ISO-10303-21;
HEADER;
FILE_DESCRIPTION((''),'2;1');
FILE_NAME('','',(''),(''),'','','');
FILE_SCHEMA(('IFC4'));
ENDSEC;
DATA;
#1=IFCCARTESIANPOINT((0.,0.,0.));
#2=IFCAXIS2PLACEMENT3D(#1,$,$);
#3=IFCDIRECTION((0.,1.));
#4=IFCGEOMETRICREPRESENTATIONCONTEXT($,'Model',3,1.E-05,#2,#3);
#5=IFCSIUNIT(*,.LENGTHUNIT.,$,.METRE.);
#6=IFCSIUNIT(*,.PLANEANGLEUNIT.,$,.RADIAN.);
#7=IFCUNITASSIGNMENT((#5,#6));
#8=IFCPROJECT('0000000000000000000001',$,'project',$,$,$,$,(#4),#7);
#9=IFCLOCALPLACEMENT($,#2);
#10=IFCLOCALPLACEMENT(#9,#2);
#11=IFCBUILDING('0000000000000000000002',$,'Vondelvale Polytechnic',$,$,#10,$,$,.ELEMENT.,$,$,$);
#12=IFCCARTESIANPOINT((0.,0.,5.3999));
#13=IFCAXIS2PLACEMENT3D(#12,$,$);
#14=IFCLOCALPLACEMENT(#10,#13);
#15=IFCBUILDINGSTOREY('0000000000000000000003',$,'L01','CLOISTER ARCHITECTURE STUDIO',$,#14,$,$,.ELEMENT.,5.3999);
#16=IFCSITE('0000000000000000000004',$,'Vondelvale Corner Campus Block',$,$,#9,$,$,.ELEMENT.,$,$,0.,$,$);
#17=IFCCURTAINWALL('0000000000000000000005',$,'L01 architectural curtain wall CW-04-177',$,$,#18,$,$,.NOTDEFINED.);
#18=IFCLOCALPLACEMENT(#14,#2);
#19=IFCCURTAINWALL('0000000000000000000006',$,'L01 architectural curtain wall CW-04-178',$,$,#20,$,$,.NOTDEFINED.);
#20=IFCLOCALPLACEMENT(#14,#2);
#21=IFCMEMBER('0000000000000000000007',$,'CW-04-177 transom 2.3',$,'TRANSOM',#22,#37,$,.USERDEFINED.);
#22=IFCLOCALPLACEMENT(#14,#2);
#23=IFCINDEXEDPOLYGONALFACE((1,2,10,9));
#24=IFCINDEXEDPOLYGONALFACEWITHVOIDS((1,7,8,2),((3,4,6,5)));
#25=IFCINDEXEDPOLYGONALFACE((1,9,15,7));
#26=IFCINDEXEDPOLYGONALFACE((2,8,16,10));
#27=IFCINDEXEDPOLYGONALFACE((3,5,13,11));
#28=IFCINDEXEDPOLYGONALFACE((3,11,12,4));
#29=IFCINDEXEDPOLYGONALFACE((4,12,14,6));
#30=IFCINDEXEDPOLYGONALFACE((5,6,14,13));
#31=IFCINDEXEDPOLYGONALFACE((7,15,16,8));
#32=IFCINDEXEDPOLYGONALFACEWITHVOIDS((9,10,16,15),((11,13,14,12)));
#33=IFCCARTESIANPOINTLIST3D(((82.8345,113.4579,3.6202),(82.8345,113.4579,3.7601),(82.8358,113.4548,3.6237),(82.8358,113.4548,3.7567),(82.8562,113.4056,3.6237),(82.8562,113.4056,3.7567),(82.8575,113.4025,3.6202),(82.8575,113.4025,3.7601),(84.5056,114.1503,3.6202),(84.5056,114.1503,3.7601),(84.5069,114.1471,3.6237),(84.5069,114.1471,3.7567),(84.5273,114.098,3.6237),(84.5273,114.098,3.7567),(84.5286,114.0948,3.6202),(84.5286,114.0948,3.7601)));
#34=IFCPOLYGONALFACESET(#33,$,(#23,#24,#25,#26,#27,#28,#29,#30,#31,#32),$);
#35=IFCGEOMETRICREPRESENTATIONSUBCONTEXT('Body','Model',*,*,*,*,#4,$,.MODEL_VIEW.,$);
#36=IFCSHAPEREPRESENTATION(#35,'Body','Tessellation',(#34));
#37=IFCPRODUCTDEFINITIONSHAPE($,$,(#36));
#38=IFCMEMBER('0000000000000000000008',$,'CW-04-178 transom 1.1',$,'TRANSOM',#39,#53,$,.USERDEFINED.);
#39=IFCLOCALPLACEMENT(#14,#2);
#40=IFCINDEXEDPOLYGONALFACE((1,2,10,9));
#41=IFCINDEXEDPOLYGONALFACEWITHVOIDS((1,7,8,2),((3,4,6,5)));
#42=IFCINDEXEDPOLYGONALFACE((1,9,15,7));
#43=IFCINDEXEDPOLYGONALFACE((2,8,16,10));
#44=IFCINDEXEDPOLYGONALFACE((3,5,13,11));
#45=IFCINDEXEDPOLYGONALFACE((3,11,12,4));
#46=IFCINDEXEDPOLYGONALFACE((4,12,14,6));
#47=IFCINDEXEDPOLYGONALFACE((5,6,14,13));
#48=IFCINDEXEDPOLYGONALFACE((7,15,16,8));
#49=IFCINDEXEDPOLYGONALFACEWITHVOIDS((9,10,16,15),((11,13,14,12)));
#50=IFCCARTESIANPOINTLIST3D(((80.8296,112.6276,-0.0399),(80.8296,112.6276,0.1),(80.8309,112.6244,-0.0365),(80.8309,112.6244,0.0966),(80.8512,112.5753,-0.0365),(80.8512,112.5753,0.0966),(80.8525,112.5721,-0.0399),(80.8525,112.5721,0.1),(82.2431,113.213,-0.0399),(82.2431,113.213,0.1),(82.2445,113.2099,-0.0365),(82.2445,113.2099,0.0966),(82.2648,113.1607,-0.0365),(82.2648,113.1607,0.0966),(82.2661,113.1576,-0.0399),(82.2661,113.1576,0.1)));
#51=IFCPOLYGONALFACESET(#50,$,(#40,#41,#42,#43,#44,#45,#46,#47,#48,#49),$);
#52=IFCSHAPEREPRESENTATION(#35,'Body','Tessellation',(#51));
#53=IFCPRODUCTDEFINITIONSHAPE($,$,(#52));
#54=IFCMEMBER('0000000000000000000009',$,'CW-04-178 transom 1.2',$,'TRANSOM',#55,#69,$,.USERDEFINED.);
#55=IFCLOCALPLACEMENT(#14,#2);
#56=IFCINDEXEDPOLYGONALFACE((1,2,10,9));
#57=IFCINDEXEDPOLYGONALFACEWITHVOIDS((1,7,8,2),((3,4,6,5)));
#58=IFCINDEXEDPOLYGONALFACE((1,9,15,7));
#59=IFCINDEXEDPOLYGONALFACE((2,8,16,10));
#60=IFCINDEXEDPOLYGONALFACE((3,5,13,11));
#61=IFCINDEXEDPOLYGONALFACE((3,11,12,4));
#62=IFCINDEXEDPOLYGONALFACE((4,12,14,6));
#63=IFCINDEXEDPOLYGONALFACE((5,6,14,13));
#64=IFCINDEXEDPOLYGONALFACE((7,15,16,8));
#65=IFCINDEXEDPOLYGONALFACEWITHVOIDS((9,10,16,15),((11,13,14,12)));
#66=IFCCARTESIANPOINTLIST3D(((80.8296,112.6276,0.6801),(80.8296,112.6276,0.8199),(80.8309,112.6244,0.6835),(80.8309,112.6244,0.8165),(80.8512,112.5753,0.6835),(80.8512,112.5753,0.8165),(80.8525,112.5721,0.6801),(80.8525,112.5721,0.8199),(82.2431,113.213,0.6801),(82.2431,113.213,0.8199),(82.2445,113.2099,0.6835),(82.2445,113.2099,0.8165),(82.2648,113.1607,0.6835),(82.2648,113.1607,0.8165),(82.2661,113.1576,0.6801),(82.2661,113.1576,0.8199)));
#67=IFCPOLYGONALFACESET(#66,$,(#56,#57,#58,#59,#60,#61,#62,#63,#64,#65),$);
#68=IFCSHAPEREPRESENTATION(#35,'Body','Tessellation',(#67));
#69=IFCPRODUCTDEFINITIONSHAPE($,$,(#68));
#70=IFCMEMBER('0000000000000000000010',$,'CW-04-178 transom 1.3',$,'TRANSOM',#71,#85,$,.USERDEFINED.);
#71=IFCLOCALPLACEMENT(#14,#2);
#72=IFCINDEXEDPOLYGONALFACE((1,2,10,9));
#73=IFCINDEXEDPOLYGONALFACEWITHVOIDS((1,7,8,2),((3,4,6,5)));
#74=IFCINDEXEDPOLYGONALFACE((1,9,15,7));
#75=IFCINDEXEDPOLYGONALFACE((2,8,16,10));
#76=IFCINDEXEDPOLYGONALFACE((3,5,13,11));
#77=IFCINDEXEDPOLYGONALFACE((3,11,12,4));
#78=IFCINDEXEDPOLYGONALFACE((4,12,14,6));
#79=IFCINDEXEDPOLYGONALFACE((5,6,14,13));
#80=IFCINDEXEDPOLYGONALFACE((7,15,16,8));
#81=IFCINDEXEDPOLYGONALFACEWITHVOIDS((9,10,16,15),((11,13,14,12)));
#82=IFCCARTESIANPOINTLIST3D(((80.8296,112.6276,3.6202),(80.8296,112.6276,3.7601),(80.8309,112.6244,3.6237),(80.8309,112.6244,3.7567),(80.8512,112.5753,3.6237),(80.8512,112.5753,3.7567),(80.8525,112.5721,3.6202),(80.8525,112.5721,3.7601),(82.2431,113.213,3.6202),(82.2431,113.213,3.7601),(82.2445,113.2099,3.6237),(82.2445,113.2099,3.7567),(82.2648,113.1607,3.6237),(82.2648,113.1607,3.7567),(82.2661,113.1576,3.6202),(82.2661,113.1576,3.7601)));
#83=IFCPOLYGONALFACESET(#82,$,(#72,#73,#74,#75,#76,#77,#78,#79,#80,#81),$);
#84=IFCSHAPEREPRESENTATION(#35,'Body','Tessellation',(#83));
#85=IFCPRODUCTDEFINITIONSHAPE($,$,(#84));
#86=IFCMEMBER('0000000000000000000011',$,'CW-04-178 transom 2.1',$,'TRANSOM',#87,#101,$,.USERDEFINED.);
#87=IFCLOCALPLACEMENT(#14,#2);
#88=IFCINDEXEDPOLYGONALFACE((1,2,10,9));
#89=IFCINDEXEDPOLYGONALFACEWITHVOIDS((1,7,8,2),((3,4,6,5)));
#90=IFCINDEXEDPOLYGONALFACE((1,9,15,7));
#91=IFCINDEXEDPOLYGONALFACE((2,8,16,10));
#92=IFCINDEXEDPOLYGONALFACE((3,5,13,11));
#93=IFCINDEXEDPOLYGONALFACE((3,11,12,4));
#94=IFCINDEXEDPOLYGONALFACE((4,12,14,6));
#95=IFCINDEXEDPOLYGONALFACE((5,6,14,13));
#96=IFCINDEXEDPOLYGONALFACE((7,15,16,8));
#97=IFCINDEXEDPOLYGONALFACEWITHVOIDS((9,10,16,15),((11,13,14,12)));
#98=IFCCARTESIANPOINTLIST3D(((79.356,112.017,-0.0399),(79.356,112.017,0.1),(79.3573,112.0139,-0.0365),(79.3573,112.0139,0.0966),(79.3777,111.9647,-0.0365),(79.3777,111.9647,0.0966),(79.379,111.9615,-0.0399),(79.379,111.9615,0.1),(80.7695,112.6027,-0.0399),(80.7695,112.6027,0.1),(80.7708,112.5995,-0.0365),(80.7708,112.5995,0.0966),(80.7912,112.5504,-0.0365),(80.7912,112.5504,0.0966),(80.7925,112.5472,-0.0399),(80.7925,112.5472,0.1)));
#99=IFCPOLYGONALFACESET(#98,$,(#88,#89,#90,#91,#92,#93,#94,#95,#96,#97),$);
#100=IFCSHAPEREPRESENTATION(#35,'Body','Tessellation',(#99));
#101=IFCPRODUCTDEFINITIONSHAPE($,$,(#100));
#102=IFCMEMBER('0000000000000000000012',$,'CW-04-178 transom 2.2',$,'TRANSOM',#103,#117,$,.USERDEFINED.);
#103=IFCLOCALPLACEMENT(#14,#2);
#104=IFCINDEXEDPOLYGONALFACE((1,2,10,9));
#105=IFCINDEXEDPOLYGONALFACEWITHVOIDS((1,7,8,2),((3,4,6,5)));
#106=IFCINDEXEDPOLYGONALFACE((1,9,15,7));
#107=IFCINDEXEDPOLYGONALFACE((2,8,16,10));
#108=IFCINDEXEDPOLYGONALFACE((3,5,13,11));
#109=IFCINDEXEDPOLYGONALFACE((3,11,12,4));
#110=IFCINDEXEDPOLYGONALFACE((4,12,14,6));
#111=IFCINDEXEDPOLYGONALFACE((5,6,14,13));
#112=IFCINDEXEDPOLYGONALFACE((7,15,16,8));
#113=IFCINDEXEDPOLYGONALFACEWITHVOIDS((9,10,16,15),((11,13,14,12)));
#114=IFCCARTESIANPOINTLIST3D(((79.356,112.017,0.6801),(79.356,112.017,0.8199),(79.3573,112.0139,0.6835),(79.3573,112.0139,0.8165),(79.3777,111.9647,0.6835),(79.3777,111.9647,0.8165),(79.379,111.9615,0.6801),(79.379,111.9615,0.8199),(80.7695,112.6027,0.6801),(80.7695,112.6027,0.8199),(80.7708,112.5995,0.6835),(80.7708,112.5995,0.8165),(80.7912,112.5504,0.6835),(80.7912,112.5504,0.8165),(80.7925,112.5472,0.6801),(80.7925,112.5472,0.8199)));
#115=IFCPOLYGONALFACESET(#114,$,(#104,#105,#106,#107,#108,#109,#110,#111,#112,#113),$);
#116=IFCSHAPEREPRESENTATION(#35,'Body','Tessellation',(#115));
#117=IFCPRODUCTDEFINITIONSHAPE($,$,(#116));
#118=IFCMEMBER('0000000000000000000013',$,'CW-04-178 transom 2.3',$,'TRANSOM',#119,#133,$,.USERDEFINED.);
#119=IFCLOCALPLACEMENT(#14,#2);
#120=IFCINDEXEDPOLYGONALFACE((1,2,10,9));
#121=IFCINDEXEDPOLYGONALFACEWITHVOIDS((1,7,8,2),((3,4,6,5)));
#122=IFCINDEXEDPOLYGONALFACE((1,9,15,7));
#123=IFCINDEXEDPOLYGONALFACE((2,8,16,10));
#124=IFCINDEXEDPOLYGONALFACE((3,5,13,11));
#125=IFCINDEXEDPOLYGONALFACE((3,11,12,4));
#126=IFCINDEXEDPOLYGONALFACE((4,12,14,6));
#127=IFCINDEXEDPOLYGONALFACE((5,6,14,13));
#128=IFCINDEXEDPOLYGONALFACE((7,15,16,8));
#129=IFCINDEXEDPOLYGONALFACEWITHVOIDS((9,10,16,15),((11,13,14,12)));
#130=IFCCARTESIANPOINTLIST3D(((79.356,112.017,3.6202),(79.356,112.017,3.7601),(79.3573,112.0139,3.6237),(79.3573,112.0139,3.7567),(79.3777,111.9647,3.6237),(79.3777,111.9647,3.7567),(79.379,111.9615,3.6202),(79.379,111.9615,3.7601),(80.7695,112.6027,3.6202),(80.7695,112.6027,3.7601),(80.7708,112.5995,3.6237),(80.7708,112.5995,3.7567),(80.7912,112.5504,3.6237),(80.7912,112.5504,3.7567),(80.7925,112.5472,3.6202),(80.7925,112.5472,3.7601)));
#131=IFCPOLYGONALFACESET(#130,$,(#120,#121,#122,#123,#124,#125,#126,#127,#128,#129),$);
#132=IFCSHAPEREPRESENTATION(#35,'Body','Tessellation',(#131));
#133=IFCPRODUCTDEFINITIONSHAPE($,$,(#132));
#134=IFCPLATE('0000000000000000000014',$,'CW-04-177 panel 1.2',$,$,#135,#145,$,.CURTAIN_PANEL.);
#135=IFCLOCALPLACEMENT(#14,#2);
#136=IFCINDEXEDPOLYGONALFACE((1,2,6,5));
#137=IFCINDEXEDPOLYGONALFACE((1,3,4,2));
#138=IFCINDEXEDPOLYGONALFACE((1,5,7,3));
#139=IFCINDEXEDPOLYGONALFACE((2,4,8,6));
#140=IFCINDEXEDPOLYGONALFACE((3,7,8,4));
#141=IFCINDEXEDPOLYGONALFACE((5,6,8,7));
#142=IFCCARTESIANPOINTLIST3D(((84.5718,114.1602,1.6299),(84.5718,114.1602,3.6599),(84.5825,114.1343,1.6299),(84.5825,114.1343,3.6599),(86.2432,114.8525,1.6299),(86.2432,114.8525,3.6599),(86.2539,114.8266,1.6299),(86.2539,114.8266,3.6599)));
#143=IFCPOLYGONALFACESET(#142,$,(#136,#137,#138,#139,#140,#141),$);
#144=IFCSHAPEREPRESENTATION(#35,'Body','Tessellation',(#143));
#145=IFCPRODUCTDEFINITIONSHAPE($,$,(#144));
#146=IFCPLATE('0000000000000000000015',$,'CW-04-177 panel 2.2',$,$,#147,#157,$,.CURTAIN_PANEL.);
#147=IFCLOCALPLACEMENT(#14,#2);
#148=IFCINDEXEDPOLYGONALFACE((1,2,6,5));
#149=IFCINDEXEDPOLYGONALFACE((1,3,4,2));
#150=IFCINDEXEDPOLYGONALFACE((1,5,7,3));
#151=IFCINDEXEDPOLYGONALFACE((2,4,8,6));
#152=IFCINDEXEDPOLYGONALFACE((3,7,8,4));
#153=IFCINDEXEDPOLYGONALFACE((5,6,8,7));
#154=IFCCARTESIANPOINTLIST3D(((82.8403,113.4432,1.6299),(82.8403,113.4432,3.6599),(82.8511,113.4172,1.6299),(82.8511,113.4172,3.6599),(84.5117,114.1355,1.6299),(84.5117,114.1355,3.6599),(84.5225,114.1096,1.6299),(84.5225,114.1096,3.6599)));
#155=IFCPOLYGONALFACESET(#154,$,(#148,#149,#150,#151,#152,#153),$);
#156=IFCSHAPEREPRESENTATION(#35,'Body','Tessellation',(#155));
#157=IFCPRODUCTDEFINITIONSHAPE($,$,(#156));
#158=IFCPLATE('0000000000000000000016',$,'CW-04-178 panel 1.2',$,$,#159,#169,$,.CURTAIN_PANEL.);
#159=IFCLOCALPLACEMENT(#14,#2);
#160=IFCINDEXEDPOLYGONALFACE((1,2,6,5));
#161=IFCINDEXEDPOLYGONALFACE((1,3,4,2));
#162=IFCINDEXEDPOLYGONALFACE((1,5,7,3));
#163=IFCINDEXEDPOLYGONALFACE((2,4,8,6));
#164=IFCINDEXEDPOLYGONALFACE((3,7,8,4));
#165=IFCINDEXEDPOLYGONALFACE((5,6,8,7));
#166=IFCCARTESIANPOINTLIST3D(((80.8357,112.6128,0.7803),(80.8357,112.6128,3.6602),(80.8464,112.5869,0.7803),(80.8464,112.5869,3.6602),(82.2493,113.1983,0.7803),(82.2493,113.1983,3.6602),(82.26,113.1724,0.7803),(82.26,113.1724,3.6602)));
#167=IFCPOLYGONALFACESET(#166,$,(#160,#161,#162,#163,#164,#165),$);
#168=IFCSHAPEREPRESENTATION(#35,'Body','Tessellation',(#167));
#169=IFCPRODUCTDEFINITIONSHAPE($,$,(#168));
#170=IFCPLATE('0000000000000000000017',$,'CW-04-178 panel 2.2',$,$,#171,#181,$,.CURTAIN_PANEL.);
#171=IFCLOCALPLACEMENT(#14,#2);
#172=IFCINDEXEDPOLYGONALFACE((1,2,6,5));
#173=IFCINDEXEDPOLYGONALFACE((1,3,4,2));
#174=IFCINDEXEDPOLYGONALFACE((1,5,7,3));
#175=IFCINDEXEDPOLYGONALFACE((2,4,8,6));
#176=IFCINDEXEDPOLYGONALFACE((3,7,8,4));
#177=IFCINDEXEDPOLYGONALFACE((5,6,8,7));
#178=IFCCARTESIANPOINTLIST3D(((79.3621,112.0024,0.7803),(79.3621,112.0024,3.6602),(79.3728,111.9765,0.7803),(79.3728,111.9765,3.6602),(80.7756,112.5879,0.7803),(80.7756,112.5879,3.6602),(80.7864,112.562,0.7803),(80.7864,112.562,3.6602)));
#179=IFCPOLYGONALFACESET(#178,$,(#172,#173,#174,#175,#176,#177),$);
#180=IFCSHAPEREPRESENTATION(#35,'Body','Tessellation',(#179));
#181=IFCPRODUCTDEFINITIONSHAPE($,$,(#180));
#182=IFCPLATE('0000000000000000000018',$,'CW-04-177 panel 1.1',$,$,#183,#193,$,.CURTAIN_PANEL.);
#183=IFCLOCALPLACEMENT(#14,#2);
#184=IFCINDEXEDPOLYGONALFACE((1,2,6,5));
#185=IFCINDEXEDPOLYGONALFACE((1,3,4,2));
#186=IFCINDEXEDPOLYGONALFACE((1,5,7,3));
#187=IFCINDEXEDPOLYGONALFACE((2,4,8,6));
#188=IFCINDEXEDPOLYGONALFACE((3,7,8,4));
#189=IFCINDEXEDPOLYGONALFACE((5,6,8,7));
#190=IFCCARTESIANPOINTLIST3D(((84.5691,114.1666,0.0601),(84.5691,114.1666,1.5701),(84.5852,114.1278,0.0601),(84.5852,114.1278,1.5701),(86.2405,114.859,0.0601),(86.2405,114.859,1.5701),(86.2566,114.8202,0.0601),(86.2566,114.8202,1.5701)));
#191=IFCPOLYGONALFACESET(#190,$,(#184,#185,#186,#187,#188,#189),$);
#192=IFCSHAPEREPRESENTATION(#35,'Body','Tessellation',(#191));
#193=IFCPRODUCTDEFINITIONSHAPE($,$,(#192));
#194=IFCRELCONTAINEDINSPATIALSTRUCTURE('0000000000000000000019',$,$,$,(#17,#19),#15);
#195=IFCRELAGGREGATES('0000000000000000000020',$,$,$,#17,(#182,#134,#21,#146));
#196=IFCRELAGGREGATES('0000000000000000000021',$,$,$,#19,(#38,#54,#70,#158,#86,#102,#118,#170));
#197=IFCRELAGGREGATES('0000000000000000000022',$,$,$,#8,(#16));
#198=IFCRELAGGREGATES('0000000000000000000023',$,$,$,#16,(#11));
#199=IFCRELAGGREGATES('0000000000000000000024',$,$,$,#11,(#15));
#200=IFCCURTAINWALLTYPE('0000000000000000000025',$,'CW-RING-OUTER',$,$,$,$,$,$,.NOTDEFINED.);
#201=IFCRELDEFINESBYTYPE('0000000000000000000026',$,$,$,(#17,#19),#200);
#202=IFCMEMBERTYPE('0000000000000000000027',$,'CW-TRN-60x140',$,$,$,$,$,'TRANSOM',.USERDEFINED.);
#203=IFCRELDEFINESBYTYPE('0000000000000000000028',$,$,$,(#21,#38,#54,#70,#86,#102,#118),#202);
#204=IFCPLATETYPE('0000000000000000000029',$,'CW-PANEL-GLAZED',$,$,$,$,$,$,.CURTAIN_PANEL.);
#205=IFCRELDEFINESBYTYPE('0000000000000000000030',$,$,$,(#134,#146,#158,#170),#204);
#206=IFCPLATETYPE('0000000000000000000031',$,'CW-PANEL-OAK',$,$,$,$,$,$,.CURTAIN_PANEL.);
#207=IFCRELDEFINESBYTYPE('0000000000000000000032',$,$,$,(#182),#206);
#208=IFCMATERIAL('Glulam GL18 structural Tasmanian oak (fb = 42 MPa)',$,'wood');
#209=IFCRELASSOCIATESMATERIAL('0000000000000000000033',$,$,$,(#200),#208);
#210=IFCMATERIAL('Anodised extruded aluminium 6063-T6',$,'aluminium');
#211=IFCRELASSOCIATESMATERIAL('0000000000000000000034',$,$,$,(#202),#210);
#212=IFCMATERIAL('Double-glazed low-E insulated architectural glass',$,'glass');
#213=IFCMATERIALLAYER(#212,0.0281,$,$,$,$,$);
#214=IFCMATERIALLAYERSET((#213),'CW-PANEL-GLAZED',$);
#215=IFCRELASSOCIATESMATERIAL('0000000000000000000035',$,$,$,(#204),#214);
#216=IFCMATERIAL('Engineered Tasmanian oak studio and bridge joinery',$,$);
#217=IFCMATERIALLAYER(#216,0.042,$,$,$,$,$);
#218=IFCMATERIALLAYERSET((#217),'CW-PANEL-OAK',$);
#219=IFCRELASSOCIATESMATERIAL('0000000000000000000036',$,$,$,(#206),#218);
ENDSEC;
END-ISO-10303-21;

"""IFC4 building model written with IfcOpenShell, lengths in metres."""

from ifc_helpers import new_model, si_unit, direction, frame, origin, origin_2d, place, context, subcontext, project, spatial, rectangle, hollow_rectangle, extrude, material, layer, layer_set, material_profile, profile_set, type_object, element, aggregate, save


model = new_model("IFC4")

# Units and contexts
model_context = context("Model", 3, precision=1e-05, world=origin(), true_north=direction((0.0, 1.0)))
body_context = subcontext(model_context, "Body", "Model", "MODEL_VIEW")
ifc_project = project(units=[si_unit("LENGTHUNIT", "METRE"), si_unit("PLANEANGLEUNIT", "RADIAN")], contexts=[model_context])

# Site, building, storey
site_placement = place(None, origin())
site = spatial("IfcSite", under=ifc_project, at=site_placement, Name="Vondelvale Corner Campus Block", CompositionType="ELEMENT", RefElevation=0.0)
building_placement = place(site_placement, origin())
building = spatial("IfcBuilding", under=site, at=building_placement, Name="Vondelvale Polytechnic", CompositionType="ELEMENT")
storey_placement = place(building_placement, frame((0.0, 0.0, 5.3999)))
storey = spatial("IfcBuildingStorey", under=building, at=storey_placement, Name="L01", Description="CLOISTER ARCHITECTURE STUDIO", CompositionType="ELEMENT", Elevation=5.3999)

# Shared definitions
ifc_material_1 = material(Name="Glulam GL18 structural Tasmanian oak (fb = 42 MPa)", Category="wood")

# Curtain walls
curtain_wall_type = type_object("IfcCurtainWallType", Name="CW-RING-OUTER", PredefinedType="NOTDEFINED", material=ifc_material_1)
curtain_wall_1_placement = place(storey_placement, origin())
curtain_wall_1 = element("IfcCurtainWall", 1, at=curtain_wall_1_placement, inside=storey, type_object=curtain_wall_type, Name="L01 architectural curtain wall CW-04-177", PredefinedType="NOTDEFINED")
ifc_material_2 = material(Name="Anodised extruded aluminium 6063-T6", Category="aluminium")
curtain_wall_2_placement = place(storey_placement, origin())
curtain_wall_2 = element("IfcCurtainWall", 2, at=curtain_wall_2_placement, inside=storey, type_object=curtain_wall_type, Name="L01 architectural curtain wall CW-04-178", PredefinedType="NOTDEFINED")

# Members
ifc_material_profile_1 = material_profile(ifc_material_2, hollow_rectangle(XDim=0.0601, YDim=0.1399, WallThickness=0.0034, at=origin_2d()), Name="CW-TRN-140x60")
ifc_profile_set_1 = profile_set([ifc_material_profile_1], Name="Anodised extruded aluminium 6063-T6")
member_type_1 = type_object("IfcMemberType", Name="CW-TRN-60x140", ElementType="TRANSOM", PredefinedType="USERDEFINED", material=ifc_profile_set_1)
member_1_placement = place(storey_placement, frame((84.5171, 114.1226, 3.6902), z_axis=(-0.923846, -0.382765, 0.0), x_axis=(0.382765, -0.923846, 0.0)))
member_1 = element("IfcMember", 3, at=member_1_placement, type_object=member_type_1, Name="CW-04-177 transom 2.3", ObjectType="TRANSOM", PredefinedType="USERDEFINED", context=body_context, shape_type="SweptSolid", body=[
    extrude(hollow_rectangle(XDim=0.0601, YDim=0.1399, WallThickness=0.0034, at=origin_2d()), origin(), (0.0, 0.0, 1.0), 1.8088),
])
member_2_placement = place(storey_placement, frame((82.2546, 113.1853, 0.03), z_axis=(-0.923896, -0.382643, 0.0), x_axis=(0.382643, -0.923896, 0.0)))
member_2 = element("IfcMember", 4, at=member_2_placement, type_object=member_type_1, Name="CW-04-178 transom 1.1", ObjectType="TRANSOM", PredefinedType="USERDEFINED", context=body_context, shape_type="SweptSolid", body=[
    extrude(hollow_rectangle(XDim=0.0601, YDim=0.1399, WallThickness=0.0034, at=origin_2d()), origin(), (0.0, 0.0, 1.0), 1.53),
])
member_3_placement = place(storey_placement, frame((82.2546, 113.1853, 0.75), z_axis=(-0.923896, -0.382643, 0.0), x_axis=(0.382643, -0.923896, 0.0)))
member_3 = element("IfcMember", 5, at=member_3_placement, type_object=member_type_1, Name="CW-04-178 transom 1.2", ObjectType="TRANSOM", PredefinedType="USERDEFINED", context=body_context, shape_type="SweptSolid", body=[
    extrude(hollow_rectangle(XDim=0.0601, YDim=0.1399, WallThickness=0.0034, at=origin_2d()), origin(), (0.0, 0.0, 1.0), 1.53),
])
member_4_placement = place(storey_placement, frame((82.2546, 113.1853, 3.6902), z_axis=(-0.923896, -0.382643, 0.0), x_axis=(0.382643, -0.923896, 0.0)))
member_4 = element("IfcMember", 6, at=member_4_placement, type_object=member_type_1, Name="CW-04-178 transom 1.3", ObjectType="TRANSOM", PredefinedType="USERDEFINED", context=body_context, shape_type="SweptSolid", body=[
    extrude(hollow_rectangle(XDim=0.0601, YDim=0.1399, WallThickness=0.0034, at=origin_2d()), origin(), (0.0, 0.0, 1.0), 1.53),
])
member_5_placement = place(storey_placement, frame((80.781, 112.575, 0.03), z_axis=(-0.92384, -0.382779, 0.0), x_axis=(0.382779, -0.92384, 0.0)))
member_5 = element("IfcMember", 7, at=member_5_placement, type_object=member_type_1, Name="CW-04-178 transom 2.1", ObjectType="TRANSOM", PredefinedType="USERDEFINED", context=body_context, shape_type="SweptSolid", body=[
    extrude(hollow_rectangle(XDim=0.0601, YDim=0.1399, WallThickness=0.0034, at=origin_2d()), origin(), (0.0, 0.0, 1.0), 1.53),
])
member_6_placement = place(storey_placement, frame((80.781, 112.575, 0.75), z_axis=(-0.92384, -0.382779, 0.0), x_axis=(0.382779, -0.92384, 0.0)))
member_6 = element("IfcMember", 8, at=member_6_placement, type_object=member_type_1, Name="CW-04-178 transom 2.2", ObjectType="TRANSOM", PredefinedType="USERDEFINED", context=body_context, shape_type="SweptSolid", body=[
    extrude(hollow_rectangle(XDim=0.0601, YDim=0.1399, WallThickness=0.0034, at=origin_2d()), origin(), (0.0, 0.0, 1.0), 1.53),
])
member_7_placement = place(storey_placement, frame((80.781, 112.575, 3.6902), z_axis=(-0.92384, -0.382779, 0.0), x_axis=(0.382779, -0.92384, 0.0)))
member_7 = element("IfcMember", 9, at=member_7_placement, type_object=member_type_1, Name="CW-04-178 transom 2.3", ObjectType="TRANSOM", PredefinedType="USERDEFINED", context=body_context, shape_type="SweptSolid", body=[
    extrude(hollow_rectangle(XDim=0.0601, YDim=0.1399, WallThickness=0.0034, at=origin_2d()), origin(), (0.0, 0.0, 1.0), 1.53),
])

# Plates
ifc_material_3 = material(Name="Double-glazed low-E insulated architectural glass", Category="glass")
ifc_layer_1 = layer(ifc_material_3, 0.0281)
ifc_layer_set_1 = layer_set([ifc_layer_1], Name="CW-PANEL-GLAZED")
plate_type_1 = type_object("IfcPlateType", Name="CW-PANEL-GLAZED", PredefinedType="CURTAIN_PANEL", material=ifc_layer_set_1)
plate_1_placement = place(storey_placement, frame((85.4128, 114.4934, 1.6299), z_axis=(0.0, 0.0, 1.0), x_axis=(-0.923875, -0.382695, 0.0)))
plate_1 = element("IfcPlate", 10, at=plate_1_placement, type_object=plate_type_1, Name="CW-04-177 panel 1.2", PredefinedType="CURTAIN_PANEL", context=body_context, shape_type="SweptSolid", body=[
    extrude(rectangle(XDim=1.8091, YDim=0.0281, at=origin_2d()), origin(), (0.0, 0.0, 1.0), 2.03),
])
plate_2_placement = place(storey_placement, frame((83.6814, 113.7764, 1.6299), z_axis=(0.0, 0.0, 1.0), x_axis=(-0.923875, -0.382695, 0.0)))
plate_2 = element("IfcPlate", 11, at=plate_2_placement, type_object=plate_type_1, Name="CW-04-177 panel 2.2", PredefinedType="CURTAIN_PANEL", context=body_context, shape_type="SweptSolid", body=[
    extrude(rectangle(XDim=1.8091, YDim=0.0281, at=origin_2d()), origin(), (0.0, 0.0, 1.0), 2.03),
])
plate_3_placement = place(storey_placement, frame((81.5479, 112.8926, 0.7803), z_axis=(0.0, 0.0, 1.0), x_axis=(-0.923882, -0.382677, 0.0)))
plate_3 = element("IfcPlate", 12, at=plate_3_placement, type_object=plate_type_1, Name="CW-04-178 panel 1.2", PredefinedType="CURTAIN_PANEL", context=body_context, shape_type="SweptSolid", body=[
    extrude(rectangle(XDim=1.53, YDim=0.0281, at=origin_2d()), origin(), (0.0, 0.0, 1.0), 2.8799),
])
plate_4_placement = place(storey_placement, frame((80.0742, 112.2822, 0.7803), z_axis=(0.0, 0.0, 1.0), x_axis=(-0.923882, -0.382677, 0.0)))
plate_4 = element("IfcPlate", 13, at=plate_4_placement, type_object=plate_type_1, Name="CW-04-178 panel 2.2", PredefinedType="CURTAIN_PANEL", context=body_context, shape_type="SweptSolid", body=[
    extrude(rectangle(XDim=1.53, YDim=0.0281, at=origin_2d()), origin(), (0.0, 0.0, 1.0), 2.8799),
])
ifc_material_4 = material(Name="Engineered Tasmanian oak studio and bridge joinery")
ifc_layer_2 = layer(ifc_material_4, 0.042)
ifc_layer_set_2 = layer_set([ifc_layer_2], Name="CW-PANEL-OAK")
plate_type_2 = type_object("IfcPlateType", Name="CW-PANEL-OAK", PredefinedType="CURTAIN_PANEL", material=ifc_layer_set_2)
plate_5_placement = place(storey_placement, frame((85.4128, 114.4934, 0.0601), z_axis=(0.0, 0.0, 1.0), x_axis=(-0.923875, -0.382695, 0.0)))
plate_5 = element("IfcPlate", 14, at=plate_5_placement, type_object=plate_type_2, Name="CW-04-177 panel 1.1", PredefinedType="CURTAIN_PANEL", context=body_context, shape_type="SweptSolid", body=[
    extrude(rectangle(XDim=1.8091, YDim=0.042, at=origin_2d()), origin(), (0.0, 0.0, 1.0), 1.51),
])
aggregate(curtain_wall_1, [plate_5, plate_1, member_1, plate_2])
aggregate(curtain_wall_2, [member_2, member_3, member_4, plate_3, member_5, member_6, member_7, plate_4])

save(model, "model.ifc")
